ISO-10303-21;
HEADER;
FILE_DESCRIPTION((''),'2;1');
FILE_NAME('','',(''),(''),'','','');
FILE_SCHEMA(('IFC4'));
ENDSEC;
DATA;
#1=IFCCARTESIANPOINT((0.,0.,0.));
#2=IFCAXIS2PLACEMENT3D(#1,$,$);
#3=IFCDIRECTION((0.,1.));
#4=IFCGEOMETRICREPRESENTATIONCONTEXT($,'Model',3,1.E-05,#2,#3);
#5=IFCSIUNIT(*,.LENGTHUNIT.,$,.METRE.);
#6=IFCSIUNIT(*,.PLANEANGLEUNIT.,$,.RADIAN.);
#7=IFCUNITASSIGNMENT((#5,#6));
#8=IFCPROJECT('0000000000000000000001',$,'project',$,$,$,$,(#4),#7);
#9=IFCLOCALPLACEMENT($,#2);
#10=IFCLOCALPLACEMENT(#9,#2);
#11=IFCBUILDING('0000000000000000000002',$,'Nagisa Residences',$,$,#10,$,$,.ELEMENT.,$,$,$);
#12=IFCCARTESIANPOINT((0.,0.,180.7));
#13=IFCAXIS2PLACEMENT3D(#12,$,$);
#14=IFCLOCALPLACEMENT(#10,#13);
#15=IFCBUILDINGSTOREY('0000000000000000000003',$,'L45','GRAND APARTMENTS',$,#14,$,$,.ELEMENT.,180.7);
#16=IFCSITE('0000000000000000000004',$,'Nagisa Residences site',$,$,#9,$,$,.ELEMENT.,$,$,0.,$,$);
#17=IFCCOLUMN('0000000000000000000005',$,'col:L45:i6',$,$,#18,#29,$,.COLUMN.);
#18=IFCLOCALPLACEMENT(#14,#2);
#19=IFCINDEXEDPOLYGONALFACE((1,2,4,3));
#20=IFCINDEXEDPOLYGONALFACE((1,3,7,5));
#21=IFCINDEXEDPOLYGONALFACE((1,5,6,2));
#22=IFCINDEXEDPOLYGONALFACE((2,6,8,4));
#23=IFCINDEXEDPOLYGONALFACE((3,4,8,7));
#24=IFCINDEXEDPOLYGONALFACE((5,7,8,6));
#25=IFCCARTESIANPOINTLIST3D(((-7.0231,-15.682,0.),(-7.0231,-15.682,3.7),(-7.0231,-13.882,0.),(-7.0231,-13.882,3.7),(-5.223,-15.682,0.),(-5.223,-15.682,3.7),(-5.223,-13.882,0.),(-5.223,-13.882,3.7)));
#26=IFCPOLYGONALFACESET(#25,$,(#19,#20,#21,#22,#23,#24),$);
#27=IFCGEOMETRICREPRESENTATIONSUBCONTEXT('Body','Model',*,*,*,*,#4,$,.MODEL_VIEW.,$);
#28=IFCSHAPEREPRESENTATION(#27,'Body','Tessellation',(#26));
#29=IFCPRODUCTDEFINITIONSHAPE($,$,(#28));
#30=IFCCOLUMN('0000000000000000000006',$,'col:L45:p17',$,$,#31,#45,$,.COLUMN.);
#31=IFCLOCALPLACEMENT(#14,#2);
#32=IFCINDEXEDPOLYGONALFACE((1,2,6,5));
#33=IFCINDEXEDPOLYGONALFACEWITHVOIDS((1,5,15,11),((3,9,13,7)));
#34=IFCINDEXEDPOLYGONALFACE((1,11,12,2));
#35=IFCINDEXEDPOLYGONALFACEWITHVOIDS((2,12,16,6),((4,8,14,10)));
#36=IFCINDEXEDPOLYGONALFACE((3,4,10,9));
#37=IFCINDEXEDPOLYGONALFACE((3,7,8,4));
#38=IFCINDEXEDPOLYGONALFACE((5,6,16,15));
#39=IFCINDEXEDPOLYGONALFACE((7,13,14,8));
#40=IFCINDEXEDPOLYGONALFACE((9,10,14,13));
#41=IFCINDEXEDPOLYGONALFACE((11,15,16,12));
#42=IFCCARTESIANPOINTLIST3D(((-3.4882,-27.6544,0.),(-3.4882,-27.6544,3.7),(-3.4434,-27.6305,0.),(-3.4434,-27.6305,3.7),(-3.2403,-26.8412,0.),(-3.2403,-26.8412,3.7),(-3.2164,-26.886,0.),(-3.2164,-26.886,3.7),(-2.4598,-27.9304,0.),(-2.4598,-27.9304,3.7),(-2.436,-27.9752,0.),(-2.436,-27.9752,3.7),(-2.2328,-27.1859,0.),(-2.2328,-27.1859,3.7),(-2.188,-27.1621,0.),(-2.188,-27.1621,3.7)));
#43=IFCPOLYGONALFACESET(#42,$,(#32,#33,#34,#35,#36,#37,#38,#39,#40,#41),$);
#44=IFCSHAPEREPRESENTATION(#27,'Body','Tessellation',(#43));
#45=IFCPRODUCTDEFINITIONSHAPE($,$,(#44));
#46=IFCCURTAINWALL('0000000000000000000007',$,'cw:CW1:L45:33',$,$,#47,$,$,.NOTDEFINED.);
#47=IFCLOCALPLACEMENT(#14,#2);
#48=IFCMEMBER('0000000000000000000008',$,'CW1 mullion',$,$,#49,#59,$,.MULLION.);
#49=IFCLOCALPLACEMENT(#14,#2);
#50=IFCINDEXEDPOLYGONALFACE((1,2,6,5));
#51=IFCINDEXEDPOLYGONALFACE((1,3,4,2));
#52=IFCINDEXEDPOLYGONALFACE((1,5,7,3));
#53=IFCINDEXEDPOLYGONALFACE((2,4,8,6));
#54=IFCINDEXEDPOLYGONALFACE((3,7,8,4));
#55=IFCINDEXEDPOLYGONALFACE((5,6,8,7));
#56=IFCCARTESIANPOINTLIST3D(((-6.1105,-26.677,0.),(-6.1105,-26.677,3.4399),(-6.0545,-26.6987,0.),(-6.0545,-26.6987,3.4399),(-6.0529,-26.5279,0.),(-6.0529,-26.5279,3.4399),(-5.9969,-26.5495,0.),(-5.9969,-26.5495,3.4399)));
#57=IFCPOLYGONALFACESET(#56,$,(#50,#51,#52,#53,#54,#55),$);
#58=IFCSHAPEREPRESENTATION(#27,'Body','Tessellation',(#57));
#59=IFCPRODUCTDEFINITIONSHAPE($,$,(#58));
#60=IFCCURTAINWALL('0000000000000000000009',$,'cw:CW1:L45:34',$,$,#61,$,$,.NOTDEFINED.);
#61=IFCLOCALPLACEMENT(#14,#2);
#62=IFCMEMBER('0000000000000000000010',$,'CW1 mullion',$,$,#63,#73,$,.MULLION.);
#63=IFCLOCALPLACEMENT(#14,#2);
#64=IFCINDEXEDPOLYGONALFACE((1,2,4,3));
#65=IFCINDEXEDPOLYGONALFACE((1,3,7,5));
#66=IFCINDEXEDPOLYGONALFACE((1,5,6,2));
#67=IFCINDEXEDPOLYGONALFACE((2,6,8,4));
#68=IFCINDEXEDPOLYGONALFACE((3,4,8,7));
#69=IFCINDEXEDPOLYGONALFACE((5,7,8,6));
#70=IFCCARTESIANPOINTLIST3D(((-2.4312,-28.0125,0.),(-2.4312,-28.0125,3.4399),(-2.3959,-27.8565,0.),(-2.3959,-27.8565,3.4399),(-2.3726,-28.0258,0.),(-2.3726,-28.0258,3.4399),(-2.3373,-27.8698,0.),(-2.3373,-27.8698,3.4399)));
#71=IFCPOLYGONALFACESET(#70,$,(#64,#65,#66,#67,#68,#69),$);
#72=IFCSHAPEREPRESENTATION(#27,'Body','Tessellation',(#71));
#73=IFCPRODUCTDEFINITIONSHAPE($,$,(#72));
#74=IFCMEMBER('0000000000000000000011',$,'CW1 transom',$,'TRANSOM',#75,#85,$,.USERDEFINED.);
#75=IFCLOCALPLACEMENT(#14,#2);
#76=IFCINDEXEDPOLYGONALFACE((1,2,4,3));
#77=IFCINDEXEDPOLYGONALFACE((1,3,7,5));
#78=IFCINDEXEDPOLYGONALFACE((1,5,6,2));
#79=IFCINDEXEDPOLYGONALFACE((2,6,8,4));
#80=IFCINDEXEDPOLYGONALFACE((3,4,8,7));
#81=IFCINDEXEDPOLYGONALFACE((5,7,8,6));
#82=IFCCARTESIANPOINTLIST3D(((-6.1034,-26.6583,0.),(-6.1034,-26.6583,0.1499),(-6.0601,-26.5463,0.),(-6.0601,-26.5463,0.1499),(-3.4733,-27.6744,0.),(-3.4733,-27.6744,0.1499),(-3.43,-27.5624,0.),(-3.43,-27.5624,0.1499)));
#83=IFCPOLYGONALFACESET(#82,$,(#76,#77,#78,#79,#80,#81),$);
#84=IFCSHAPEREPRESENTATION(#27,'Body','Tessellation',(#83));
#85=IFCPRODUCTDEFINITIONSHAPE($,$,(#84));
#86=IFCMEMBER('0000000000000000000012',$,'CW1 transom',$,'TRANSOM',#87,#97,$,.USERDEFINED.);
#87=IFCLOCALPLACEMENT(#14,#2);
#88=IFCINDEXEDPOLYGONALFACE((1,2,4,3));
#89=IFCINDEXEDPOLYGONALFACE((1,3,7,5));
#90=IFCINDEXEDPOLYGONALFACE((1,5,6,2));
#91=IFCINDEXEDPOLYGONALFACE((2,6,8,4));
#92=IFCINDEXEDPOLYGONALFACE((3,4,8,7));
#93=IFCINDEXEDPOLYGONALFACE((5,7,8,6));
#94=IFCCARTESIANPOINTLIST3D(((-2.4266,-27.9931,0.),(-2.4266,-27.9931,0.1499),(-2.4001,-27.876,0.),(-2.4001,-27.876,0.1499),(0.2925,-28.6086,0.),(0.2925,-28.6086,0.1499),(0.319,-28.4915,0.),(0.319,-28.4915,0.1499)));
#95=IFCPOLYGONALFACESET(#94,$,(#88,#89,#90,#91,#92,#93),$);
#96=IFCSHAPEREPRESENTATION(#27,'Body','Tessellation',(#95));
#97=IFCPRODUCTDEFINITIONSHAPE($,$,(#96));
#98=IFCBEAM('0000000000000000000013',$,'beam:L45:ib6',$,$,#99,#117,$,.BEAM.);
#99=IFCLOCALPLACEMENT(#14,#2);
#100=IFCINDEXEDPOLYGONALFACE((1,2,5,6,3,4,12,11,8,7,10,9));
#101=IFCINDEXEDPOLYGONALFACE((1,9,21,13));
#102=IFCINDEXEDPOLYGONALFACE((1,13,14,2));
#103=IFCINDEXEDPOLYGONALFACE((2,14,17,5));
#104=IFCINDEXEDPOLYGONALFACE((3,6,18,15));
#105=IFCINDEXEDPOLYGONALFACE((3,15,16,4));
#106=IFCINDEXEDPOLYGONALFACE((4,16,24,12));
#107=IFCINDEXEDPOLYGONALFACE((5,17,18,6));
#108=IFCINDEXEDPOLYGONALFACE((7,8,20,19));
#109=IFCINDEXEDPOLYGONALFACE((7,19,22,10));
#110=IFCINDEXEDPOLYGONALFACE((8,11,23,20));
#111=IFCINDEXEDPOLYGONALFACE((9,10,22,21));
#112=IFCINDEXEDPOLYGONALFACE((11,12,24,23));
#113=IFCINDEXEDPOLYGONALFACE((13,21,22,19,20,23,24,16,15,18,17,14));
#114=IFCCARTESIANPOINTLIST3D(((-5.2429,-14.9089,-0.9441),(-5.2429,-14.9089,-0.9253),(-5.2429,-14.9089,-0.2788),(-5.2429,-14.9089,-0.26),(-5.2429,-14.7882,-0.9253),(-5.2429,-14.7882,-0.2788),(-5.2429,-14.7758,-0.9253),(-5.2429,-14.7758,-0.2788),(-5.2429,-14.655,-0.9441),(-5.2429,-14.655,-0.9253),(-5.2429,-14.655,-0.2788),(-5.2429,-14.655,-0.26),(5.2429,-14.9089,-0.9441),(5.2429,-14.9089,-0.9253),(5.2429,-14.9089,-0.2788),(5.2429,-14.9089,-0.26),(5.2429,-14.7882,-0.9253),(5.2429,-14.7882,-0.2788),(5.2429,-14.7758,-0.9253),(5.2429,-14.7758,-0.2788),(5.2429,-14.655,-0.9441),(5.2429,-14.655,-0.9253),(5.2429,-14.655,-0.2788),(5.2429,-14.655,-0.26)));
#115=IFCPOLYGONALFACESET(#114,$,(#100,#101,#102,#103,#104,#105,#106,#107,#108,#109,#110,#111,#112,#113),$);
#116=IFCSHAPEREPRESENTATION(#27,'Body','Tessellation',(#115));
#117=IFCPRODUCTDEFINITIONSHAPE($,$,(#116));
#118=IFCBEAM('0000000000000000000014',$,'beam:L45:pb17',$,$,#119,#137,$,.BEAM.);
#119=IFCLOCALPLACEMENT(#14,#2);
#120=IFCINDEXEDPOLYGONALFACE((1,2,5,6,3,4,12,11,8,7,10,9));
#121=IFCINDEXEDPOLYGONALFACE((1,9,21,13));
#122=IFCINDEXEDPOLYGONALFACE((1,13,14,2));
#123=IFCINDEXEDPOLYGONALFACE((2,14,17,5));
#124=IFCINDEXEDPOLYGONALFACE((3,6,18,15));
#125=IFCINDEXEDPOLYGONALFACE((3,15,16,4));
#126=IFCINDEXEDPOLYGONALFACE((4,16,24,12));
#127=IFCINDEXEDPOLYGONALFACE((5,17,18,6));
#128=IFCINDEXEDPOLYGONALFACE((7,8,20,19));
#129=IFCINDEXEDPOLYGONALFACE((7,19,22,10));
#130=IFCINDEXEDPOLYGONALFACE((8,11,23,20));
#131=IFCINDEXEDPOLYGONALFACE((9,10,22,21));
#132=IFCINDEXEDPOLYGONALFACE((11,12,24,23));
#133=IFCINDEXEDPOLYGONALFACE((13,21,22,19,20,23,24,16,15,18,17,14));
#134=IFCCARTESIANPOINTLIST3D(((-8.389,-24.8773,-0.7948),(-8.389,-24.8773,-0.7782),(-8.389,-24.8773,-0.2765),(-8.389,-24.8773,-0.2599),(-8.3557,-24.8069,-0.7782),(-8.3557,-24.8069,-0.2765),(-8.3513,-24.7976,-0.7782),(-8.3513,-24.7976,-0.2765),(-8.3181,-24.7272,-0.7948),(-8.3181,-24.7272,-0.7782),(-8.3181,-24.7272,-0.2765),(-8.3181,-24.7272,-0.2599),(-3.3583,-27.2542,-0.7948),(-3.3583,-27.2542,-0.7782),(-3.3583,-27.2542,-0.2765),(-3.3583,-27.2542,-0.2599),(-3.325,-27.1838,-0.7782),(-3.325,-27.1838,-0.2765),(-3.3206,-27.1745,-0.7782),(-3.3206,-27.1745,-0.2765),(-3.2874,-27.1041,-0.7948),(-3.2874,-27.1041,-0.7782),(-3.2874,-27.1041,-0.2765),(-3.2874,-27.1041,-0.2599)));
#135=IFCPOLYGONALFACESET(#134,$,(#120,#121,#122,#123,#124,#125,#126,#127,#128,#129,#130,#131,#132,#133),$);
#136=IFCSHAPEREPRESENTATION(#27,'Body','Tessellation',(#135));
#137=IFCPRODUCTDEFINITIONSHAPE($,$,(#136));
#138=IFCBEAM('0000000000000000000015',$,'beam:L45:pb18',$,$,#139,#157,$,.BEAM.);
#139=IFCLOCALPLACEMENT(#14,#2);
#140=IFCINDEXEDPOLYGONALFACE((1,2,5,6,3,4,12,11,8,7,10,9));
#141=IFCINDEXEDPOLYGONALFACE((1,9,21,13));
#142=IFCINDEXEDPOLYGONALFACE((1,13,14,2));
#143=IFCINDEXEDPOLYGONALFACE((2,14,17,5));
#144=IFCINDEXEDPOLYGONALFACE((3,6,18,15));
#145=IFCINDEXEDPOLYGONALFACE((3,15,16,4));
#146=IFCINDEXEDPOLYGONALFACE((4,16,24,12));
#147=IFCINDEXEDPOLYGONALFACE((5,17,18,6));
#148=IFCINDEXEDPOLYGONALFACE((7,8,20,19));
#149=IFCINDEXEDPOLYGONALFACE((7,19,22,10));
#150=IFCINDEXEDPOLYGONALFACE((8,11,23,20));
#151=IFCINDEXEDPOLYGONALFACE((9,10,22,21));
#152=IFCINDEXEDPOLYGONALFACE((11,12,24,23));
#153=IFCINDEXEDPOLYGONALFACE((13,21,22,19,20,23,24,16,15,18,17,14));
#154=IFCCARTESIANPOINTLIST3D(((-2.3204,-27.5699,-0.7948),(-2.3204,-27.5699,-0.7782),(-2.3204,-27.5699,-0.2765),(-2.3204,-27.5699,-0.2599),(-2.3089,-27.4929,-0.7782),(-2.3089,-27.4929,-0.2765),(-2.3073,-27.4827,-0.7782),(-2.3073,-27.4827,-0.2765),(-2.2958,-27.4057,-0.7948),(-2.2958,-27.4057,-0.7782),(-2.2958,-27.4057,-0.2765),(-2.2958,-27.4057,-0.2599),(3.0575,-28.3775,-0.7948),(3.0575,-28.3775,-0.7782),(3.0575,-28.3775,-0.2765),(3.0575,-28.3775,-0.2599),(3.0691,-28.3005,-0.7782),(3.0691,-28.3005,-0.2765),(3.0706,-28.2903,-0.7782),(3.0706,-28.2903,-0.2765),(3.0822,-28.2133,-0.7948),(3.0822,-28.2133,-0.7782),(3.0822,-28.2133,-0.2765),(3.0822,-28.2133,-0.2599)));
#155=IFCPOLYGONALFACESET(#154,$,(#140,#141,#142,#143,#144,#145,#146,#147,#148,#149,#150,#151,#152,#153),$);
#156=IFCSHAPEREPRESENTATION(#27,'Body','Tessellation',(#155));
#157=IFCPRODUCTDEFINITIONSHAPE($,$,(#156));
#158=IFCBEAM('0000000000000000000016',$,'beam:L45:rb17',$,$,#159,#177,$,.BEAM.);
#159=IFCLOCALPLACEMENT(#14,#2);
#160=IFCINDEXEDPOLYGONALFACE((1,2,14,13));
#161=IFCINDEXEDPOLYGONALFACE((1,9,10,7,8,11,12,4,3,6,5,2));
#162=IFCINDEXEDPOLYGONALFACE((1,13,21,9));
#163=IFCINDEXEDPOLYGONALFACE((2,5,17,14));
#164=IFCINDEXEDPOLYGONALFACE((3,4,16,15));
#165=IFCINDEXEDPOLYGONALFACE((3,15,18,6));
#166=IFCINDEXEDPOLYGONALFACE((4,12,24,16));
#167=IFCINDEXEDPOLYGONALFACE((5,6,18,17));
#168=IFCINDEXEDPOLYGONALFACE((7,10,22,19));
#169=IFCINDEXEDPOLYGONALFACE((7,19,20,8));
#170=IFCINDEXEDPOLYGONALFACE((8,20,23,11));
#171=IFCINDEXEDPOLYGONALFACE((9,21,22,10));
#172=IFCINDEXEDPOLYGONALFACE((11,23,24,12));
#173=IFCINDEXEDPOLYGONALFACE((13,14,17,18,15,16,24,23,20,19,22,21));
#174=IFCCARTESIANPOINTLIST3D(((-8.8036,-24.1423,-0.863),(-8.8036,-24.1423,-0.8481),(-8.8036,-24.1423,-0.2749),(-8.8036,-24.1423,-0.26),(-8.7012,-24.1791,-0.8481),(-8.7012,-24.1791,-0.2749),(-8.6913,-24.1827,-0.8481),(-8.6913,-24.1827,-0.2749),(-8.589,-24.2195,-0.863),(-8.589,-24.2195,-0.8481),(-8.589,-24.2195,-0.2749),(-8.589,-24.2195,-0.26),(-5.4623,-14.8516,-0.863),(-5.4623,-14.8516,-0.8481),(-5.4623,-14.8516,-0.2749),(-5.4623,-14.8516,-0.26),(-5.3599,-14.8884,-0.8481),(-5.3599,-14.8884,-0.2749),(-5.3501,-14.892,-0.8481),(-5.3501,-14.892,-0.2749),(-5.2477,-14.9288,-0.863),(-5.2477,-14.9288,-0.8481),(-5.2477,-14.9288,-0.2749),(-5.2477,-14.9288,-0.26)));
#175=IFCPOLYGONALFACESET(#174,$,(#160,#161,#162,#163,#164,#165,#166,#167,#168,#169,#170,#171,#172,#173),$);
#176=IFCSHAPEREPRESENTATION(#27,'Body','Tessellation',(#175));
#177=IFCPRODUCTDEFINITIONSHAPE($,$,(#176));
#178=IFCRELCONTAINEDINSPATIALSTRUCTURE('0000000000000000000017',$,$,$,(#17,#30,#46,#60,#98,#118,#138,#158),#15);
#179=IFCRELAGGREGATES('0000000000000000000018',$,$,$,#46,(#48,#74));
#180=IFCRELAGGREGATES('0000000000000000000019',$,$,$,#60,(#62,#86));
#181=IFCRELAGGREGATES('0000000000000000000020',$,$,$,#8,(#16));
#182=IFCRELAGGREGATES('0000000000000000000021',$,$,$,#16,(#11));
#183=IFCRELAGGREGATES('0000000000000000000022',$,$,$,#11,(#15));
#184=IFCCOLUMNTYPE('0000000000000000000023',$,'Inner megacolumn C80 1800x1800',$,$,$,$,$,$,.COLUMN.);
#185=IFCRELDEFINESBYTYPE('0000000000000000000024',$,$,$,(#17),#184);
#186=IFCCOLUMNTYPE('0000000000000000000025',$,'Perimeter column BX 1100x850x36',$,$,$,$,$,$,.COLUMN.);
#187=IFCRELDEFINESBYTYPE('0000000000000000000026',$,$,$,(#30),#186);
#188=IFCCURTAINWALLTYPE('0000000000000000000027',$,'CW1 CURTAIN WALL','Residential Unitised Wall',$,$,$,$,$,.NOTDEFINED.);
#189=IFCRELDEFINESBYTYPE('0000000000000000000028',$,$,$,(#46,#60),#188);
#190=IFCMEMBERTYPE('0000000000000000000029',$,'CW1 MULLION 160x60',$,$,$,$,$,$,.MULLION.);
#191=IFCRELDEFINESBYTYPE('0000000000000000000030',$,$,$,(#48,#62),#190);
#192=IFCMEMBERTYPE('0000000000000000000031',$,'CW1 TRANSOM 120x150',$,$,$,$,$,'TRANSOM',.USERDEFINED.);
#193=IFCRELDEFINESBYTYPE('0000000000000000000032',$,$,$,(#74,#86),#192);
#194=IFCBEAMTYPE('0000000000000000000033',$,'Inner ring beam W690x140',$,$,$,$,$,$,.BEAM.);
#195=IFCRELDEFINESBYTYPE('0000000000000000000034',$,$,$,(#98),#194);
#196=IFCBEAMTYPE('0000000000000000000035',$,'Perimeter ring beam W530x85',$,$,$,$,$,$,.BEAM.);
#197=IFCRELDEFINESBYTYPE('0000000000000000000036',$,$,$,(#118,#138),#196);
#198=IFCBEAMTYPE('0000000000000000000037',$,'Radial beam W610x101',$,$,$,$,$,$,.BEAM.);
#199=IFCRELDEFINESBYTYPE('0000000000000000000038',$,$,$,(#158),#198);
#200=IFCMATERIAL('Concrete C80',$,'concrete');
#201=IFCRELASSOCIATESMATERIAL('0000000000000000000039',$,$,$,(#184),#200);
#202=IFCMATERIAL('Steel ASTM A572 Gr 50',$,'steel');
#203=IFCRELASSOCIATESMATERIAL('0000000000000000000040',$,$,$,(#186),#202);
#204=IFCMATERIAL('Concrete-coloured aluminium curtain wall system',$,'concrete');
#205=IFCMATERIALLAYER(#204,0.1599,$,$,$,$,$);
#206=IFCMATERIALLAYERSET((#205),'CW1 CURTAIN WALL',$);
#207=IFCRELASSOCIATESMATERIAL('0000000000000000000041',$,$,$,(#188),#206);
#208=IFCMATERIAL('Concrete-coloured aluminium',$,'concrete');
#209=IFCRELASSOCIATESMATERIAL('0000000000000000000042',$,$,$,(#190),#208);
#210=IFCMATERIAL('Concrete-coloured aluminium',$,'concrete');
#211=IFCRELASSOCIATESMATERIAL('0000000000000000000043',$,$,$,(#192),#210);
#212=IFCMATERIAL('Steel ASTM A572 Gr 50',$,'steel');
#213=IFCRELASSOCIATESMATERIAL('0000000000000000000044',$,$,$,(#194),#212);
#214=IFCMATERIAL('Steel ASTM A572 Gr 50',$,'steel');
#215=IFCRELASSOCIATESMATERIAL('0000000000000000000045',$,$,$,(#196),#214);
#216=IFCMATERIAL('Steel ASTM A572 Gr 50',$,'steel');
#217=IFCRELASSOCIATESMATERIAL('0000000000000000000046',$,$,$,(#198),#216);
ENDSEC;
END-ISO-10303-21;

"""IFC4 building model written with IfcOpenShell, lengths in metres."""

from ifc_helpers import new_model, si_unit, direction, frame, origin, origin_2d, place, context, subcontext, project, spatial, rectangle, hollow_rectangle, i_section, extrude, material, layer, layer_set, material_profile, profile_set, type_object, element, aggregate, save


model = new_model("IFC4")

# Units and contexts
model_context = context("Model", 3, precision=1e-05, world=origin(), true_north=direction((0.0, 1.0)))
body_context = subcontext(model_context, "Body", "Model", "MODEL_VIEW")
ifc_project = project(units=[si_unit("LENGTHUNIT", "METRE"), si_unit("PLANEANGLEUNIT", "RADIAN")], contexts=[model_context])

# Site, building, storey
site_placement = place(None, origin())
site = spatial("IfcSite", under=ifc_project, at=site_placement, Name="Nagisa Residences site", CompositionType="ELEMENT", RefElevation=0.0)
building_placement = place(site_placement, origin())
building = spatial("IfcBuilding", under=site, at=building_placement, Name="Nagisa Residences", CompositionType="ELEMENT")
storey_placement = place(building_placement, frame((0.0, 0.0, 180.7)))
storey = spatial("IfcBuildingStorey", under=building, at=storey_placement, Name="L45", Description="GRAND APARTMENTS", CompositionType="ELEMENT", Elevation=180.7)

# Columns
ifc_material_1 = material(Name="Concrete C80", Category="concrete")
ifc_material_profile_1 = material_profile(ifc_material_1, rectangle(XDim=1.8, YDim=1.8, at=origin_2d()), Name="C80 1800x1800")
ifc_profile_set_1 = profile_set([ifc_material_profile_1], Name="Concrete C80")
column_type_1 = type_object("IfcColumnType", Name="Inner megacolumn C80 1800x1800", PredefinedType="COLUMN", material=ifc_profile_set_1)
column_1_placement = place(storey_placement, frame((-6.123, -14.782, 0.0), z_axis=(0.0, 0.0, 1.0), x_axis=(1.0, 0.0, 0.0)))
element("IfcColumn", 1, at=column_1_placement, inside=storey, type_object=column_type_1, Name="col:L45:i6", PredefinedType="COLUMN", context=body_context, shape_type="SweptSolid", body=[
    extrude(rectangle(XDim=1.8, YDim=1.8, at=origin_2d()), origin(), (0.0, 0.0, 1.0), 3.7),
])
ifc_material_2 = material(Name="Steel ASTM A572 Gr 50", Category="steel")
ifc_material_profile_2 = material_profile(ifc_material_2, hollow_rectangle(XDim=1.1001, YDim=0.8501, WallThickness=0.0359, at=origin_2d()), Name="BX 1100x850x36")
ifc_profile_set_2 = profile_set([ifc_material_profile_2], Name="Steel ASTM A572 Gr 50")
column_type_2 = type_object("IfcColumnType", Name="Perimeter column BX 1100x850x36", PredefinedType="COLUMN", material=ifc_profile_set_2)
column_2_placement = place(storey_placement, frame((-2.8381, -27.4082, 0.0), z_axis=(0.0, 0.0, 1.0), x_axis=(0.956525, -0.291652, 0.0)))
element("IfcColumn", 2, at=column_2_placement, inside=storey, type_object=column_type_2, Name="col:L45:p17", PredefinedType="COLUMN", context=body_context, shape_type="SweptSolid", body=[
    extrude(hollow_rectangle(XDim=1.1001, YDim=0.8501, WallThickness=0.0359, at=origin_2d()), origin(), (0.0, 0.0, 1.0), 3.7),
])

# Curtain walls, members
ifc_material_3 = material(Name="Concrete-coloured aluminium curtain wall system", Category="concrete")
ifc_layer_1 = layer(ifc_material_3, 0.1599)
ifc_layer_set_1 = layer_set([ifc_layer_1], Name="CW1 CURTAIN WALL")
curtain_wall_type = type_object("IfcCurtainWallType", Name="CW1 CURTAIN WALL", Description="Residential Unitised Wall", PredefinedType="NOTDEFINED", material=ifc_layer_set_1)
curtain_wall_1_placement = place(storey_placement, origin())
curtain_wall_1 = element("IfcCurtainWall", 3, at=curtain_wall_1_placement, inside=storey, type_object=curtain_wall_type, Name="cw:CW1:L45:33", PredefinedType="NOTDEFINED")
ifc_material_4 = material(Name="Concrete-coloured aluminium", Category="concrete")
ifc_material_profile_3 = material_profile(ifc_material_4, rectangle(XDim=0.1599, YDim=0.0601, at=origin_2d()), Name="CW1 MULLION 160x60")
ifc_profile_set_3 = profile_set([ifc_material_profile_3], Name="Concrete-coloured aluminium")
member_type_1 = type_object("IfcMemberType", Name="CW1 MULLION 160x60", PredefinedType="MULLION", material=ifc_profile_set_3)
member_1_placement = place(storey_placement, frame((-6.0537, -26.6133, 0.0), z_axis=(0.0, 0.0, 1.0), x_axis=(0.360328, 0.932826, 0.0)))
member_1 = element("IfcMember", 4, at=member_1_placement, type_object=member_type_1, Name="CW1 mullion", PredefinedType="MULLION", context=body_context, shape_type="SweptSolid", body=[
    extrude(rectangle(XDim=0.1599, YDim=0.0601, at=origin_2d()), origin(), (0.0, 0.0, 1.0), 3.4399),
])
curtain_wall_2_placement = place(storey_placement, origin())
curtain_wall_2 = element("IfcCurtainWall", 5, at=curtain_wall_2_placement, inside=storey, type_object=curtain_wall_type, Name="cw:CW1:L45:34", PredefinedType="NOTDEFINED")
member_2_placement = place(storey_placement, frame((-2.3843, -27.9412, 0.0), z_axis=(0.0, 0.0, 1.0), x_axis=(0.220764, 0.975327, 0.0)))
member_2 = element("IfcMember", 6, at=member_2_placement, type_object=member_type_1, Name="CW1 mullion", PredefinedType="MULLION", context=body_context, shape_type="SweptSolid", body=[
    extrude(rectangle(XDim=0.1599, YDim=0.0601, at=origin_2d()), origin(), (0.0, 0.0, 1.0), 3.4399),
])

# Members
ifc_material_5 = material(Name="Concrete-coloured aluminium", Category="concrete")
ifc_material_profile_4 = material_profile(ifc_material_5, rectangle(XDim=0.1201, YDim=0.1499, at=origin_2d()), Name="CW1 TRANSOM 120x150")
ifc_profile_set_4 = profile_set([ifc_material_profile_4], Name="Concrete-coloured aluminium")
member_type_2 = type_object("IfcMemberType", Name="CW1 TRANSOM 120x150", ElementType="TRANSOM", PredefinedType="USERDEFINED", material=ifc_profile_set_4)
member_3_placement = place(storey_placement, frame((-6.0818, -26.6023, 0.075), z_axis=(0.932807, -0.360377, 0.0), x_axis=(0.360377, 0.932807, 0.0)))
member_3 = element("IfcMember", 7, at=member_3_placement, type_object=member_type_2, Name="CW1 transom", ObjectType="TRANSOM", PredefinedType="USERDEFINED", context=body_context, shape_type="SweptSolid", body=[
    extrude(rectangle(XDim=0.1201, YDim=0.1499, at=origin_2d()), origin(), (0.0, 0.0, 1.0), 2.8196),
])
member_4_placement = place(storey_placement, frame((-2.4133, -27.9346, 0.075), z_axis=(0.975324, -0.220777, 0.0), x_axis=(0.220777, 0.975324, 0.0)))
member_4 = element("IfcMember", 8, at=member_4_placement, type_object=member_type_2, Name="CW1 transom", ObjectType="TRANSOM", PredefinedType="USERDEFINED", context=body_context, shape_type="SweptSolid", body=[
    extrude(rectangle(XDim=0.1201, YDim=0.1499, at=origin_2d()), origin(), (0.0, 0.0, 1.0), 2.7878),
])

# Beams
ifc_material_6 = material(Name="Steel ASTM A572 Gr 50", Category="steel")
ifc_material_profile_5 = material_profile(ifc_material_6, i_section(OverallWidth=0.2539, OverallDepth=0.6841, WebThickness=0.0125, FlangeThickness=0.0188, at=origin_2d()), Name="W690x140")
ifc_profile_set_5 = profile_set([ifc_material_profile_5], Name="Steel ASTM A572 Gr 50")
beam_type_1 = type_object("IfcBeamType", Name="Inner ring beam W690x140", PredefinedType="BEAM", material=ifc_profile_set_5)
beam_1_placement = place(storey_placement, frame((-5.2429, -14.782, -0.6021), z_axis=(1.0, 0.0, 0.0), x_axis=(0.0, 1.0, 0.0)))
element("IfcBeam", 9, at=beam_1_placement, inside=storey, type_object=beam_type_1, Name="beam:L45:ib6", PredefinedType="BEAM", context=body_context, shape_type="SweptSolid", body=[
    extrude(i_section(OverallWidth=0.2539, OverallDepth=0.6841, WebThickness=0.0125, FlangeThickness=0.0188, at=origin_2d()), origin(), (0.0, 0.0, 1.0), 10.4858),
])
ifc_material_7 = material(Name="Steel ASTM A572 Gr 50", Category="steel")
ifc_material_profile_6 = material_profile(ifc_material_7, i_section(OverallWidth=0.166, OverallDepth=0.5349, WebThickness=0.0103, FlangeThickness=0.0166, at=origin_2d()), Name="W530x85")
ifc_profile_set_6 = profile_set([ifc_material_profile_6], Name="Steel ASTM A572 Gr 50")
beam_type_2 = type_object("IfcBeamType", Name="Perimeter ring beam W530x85", PredefinedType="BEAM", material=ifc_profile_set_6)
beam_2_placement = place(storey_placement, frame((-8.3535, -24.8022, -0.5273), z_axis=(0.904157, -0.4272, 0.0), x_axis=(0.4272, 0.904157, 0.0)))
element("IfcBeam", 10, at=beam_2_placement, inside=storey, type_object=beam_type_2, Name="beam:L45:pb17", PredefinedType="BEAM", context=body_context, shape_type="SweptSolid", body=[
    extrude(i_section(OverallWidth=0.166, OverallDepth=0.5349, WebThickness=0.0103, FlangeThickness=0.0166, at=origin_2d()), origin(), (0.0, 0.0, 1.0), 5.564),
])
beam_3_placement = place(storey_placement, frame((-2.3081, -27.4878, -0.5273), z_axis=(0.988911, -0.148507, 0.0), x_axis=(0.148507, 0.988911, 0.0)))
element("IfcBeam", 11, at=beam_3_placement, inside=storey, type_object=beam_type_2, Name="beam:L45:pb18", PredefinedType="BEAM", context=body_context, shape_type="SweptSolid", body=[
    extrude(i_section(OverallWidth=0.166, OverallDepth=0.5349, WebThickness=0.0103, FlangeThickness=0.0166, at=origin_2d()), origin(), (0.0, 0.0, 1.0), 5.4382),
])
ifc_material_8 = material(Name="Steel ASTM A572 Gr 50", Category="steel")
ifc_material_profile_7 = material_profile(ifc_material_8, i_section(OverallWidth=0.228, OverallDepth=0.603, WebThickness=0.0105, FlangeThickness=0.0149, at=origin_2d()), Name="W610x101")
ifc_profile_set_7 = profile_set([ifc_material_profile_7], Name="Steel ASTM A572 Gr 50")
beam_type_3 = type_object("IfcBeamType", Name="Radial beam W610x101", PredefinedType="BEAM", material=ifc_profile_set_7)
beam_4_placement = place(storey_placement, frame((-8.6963, -24.1809, -0.5615), z_axis=(0.338417, 0.940996, 0.0), x_axis=(-0.940996, 0.338417, 0.0)))
element("IfcBeam", 12, at=beam_4_placement, inside=storey, type_object=beam_type_3, Name="beam:L45:rb17", PredefinedType="BEAM", context=body_context, shape_type="SweptSolid", body=[
    extrude(i_section(OverallWidth=0.228, OverallDepth=0.603, WebThickness=0.0105, FlangeThickness=0.0149, at=origin_2d()), origin(), (0.0, 0.0, 1.0), 9.8733),
])

aggregate(curtain_wall_1, [member_1, member_3])
aggregate(curtain_wall_2, [member_2, member_4])

save(model, "model.ifc")
